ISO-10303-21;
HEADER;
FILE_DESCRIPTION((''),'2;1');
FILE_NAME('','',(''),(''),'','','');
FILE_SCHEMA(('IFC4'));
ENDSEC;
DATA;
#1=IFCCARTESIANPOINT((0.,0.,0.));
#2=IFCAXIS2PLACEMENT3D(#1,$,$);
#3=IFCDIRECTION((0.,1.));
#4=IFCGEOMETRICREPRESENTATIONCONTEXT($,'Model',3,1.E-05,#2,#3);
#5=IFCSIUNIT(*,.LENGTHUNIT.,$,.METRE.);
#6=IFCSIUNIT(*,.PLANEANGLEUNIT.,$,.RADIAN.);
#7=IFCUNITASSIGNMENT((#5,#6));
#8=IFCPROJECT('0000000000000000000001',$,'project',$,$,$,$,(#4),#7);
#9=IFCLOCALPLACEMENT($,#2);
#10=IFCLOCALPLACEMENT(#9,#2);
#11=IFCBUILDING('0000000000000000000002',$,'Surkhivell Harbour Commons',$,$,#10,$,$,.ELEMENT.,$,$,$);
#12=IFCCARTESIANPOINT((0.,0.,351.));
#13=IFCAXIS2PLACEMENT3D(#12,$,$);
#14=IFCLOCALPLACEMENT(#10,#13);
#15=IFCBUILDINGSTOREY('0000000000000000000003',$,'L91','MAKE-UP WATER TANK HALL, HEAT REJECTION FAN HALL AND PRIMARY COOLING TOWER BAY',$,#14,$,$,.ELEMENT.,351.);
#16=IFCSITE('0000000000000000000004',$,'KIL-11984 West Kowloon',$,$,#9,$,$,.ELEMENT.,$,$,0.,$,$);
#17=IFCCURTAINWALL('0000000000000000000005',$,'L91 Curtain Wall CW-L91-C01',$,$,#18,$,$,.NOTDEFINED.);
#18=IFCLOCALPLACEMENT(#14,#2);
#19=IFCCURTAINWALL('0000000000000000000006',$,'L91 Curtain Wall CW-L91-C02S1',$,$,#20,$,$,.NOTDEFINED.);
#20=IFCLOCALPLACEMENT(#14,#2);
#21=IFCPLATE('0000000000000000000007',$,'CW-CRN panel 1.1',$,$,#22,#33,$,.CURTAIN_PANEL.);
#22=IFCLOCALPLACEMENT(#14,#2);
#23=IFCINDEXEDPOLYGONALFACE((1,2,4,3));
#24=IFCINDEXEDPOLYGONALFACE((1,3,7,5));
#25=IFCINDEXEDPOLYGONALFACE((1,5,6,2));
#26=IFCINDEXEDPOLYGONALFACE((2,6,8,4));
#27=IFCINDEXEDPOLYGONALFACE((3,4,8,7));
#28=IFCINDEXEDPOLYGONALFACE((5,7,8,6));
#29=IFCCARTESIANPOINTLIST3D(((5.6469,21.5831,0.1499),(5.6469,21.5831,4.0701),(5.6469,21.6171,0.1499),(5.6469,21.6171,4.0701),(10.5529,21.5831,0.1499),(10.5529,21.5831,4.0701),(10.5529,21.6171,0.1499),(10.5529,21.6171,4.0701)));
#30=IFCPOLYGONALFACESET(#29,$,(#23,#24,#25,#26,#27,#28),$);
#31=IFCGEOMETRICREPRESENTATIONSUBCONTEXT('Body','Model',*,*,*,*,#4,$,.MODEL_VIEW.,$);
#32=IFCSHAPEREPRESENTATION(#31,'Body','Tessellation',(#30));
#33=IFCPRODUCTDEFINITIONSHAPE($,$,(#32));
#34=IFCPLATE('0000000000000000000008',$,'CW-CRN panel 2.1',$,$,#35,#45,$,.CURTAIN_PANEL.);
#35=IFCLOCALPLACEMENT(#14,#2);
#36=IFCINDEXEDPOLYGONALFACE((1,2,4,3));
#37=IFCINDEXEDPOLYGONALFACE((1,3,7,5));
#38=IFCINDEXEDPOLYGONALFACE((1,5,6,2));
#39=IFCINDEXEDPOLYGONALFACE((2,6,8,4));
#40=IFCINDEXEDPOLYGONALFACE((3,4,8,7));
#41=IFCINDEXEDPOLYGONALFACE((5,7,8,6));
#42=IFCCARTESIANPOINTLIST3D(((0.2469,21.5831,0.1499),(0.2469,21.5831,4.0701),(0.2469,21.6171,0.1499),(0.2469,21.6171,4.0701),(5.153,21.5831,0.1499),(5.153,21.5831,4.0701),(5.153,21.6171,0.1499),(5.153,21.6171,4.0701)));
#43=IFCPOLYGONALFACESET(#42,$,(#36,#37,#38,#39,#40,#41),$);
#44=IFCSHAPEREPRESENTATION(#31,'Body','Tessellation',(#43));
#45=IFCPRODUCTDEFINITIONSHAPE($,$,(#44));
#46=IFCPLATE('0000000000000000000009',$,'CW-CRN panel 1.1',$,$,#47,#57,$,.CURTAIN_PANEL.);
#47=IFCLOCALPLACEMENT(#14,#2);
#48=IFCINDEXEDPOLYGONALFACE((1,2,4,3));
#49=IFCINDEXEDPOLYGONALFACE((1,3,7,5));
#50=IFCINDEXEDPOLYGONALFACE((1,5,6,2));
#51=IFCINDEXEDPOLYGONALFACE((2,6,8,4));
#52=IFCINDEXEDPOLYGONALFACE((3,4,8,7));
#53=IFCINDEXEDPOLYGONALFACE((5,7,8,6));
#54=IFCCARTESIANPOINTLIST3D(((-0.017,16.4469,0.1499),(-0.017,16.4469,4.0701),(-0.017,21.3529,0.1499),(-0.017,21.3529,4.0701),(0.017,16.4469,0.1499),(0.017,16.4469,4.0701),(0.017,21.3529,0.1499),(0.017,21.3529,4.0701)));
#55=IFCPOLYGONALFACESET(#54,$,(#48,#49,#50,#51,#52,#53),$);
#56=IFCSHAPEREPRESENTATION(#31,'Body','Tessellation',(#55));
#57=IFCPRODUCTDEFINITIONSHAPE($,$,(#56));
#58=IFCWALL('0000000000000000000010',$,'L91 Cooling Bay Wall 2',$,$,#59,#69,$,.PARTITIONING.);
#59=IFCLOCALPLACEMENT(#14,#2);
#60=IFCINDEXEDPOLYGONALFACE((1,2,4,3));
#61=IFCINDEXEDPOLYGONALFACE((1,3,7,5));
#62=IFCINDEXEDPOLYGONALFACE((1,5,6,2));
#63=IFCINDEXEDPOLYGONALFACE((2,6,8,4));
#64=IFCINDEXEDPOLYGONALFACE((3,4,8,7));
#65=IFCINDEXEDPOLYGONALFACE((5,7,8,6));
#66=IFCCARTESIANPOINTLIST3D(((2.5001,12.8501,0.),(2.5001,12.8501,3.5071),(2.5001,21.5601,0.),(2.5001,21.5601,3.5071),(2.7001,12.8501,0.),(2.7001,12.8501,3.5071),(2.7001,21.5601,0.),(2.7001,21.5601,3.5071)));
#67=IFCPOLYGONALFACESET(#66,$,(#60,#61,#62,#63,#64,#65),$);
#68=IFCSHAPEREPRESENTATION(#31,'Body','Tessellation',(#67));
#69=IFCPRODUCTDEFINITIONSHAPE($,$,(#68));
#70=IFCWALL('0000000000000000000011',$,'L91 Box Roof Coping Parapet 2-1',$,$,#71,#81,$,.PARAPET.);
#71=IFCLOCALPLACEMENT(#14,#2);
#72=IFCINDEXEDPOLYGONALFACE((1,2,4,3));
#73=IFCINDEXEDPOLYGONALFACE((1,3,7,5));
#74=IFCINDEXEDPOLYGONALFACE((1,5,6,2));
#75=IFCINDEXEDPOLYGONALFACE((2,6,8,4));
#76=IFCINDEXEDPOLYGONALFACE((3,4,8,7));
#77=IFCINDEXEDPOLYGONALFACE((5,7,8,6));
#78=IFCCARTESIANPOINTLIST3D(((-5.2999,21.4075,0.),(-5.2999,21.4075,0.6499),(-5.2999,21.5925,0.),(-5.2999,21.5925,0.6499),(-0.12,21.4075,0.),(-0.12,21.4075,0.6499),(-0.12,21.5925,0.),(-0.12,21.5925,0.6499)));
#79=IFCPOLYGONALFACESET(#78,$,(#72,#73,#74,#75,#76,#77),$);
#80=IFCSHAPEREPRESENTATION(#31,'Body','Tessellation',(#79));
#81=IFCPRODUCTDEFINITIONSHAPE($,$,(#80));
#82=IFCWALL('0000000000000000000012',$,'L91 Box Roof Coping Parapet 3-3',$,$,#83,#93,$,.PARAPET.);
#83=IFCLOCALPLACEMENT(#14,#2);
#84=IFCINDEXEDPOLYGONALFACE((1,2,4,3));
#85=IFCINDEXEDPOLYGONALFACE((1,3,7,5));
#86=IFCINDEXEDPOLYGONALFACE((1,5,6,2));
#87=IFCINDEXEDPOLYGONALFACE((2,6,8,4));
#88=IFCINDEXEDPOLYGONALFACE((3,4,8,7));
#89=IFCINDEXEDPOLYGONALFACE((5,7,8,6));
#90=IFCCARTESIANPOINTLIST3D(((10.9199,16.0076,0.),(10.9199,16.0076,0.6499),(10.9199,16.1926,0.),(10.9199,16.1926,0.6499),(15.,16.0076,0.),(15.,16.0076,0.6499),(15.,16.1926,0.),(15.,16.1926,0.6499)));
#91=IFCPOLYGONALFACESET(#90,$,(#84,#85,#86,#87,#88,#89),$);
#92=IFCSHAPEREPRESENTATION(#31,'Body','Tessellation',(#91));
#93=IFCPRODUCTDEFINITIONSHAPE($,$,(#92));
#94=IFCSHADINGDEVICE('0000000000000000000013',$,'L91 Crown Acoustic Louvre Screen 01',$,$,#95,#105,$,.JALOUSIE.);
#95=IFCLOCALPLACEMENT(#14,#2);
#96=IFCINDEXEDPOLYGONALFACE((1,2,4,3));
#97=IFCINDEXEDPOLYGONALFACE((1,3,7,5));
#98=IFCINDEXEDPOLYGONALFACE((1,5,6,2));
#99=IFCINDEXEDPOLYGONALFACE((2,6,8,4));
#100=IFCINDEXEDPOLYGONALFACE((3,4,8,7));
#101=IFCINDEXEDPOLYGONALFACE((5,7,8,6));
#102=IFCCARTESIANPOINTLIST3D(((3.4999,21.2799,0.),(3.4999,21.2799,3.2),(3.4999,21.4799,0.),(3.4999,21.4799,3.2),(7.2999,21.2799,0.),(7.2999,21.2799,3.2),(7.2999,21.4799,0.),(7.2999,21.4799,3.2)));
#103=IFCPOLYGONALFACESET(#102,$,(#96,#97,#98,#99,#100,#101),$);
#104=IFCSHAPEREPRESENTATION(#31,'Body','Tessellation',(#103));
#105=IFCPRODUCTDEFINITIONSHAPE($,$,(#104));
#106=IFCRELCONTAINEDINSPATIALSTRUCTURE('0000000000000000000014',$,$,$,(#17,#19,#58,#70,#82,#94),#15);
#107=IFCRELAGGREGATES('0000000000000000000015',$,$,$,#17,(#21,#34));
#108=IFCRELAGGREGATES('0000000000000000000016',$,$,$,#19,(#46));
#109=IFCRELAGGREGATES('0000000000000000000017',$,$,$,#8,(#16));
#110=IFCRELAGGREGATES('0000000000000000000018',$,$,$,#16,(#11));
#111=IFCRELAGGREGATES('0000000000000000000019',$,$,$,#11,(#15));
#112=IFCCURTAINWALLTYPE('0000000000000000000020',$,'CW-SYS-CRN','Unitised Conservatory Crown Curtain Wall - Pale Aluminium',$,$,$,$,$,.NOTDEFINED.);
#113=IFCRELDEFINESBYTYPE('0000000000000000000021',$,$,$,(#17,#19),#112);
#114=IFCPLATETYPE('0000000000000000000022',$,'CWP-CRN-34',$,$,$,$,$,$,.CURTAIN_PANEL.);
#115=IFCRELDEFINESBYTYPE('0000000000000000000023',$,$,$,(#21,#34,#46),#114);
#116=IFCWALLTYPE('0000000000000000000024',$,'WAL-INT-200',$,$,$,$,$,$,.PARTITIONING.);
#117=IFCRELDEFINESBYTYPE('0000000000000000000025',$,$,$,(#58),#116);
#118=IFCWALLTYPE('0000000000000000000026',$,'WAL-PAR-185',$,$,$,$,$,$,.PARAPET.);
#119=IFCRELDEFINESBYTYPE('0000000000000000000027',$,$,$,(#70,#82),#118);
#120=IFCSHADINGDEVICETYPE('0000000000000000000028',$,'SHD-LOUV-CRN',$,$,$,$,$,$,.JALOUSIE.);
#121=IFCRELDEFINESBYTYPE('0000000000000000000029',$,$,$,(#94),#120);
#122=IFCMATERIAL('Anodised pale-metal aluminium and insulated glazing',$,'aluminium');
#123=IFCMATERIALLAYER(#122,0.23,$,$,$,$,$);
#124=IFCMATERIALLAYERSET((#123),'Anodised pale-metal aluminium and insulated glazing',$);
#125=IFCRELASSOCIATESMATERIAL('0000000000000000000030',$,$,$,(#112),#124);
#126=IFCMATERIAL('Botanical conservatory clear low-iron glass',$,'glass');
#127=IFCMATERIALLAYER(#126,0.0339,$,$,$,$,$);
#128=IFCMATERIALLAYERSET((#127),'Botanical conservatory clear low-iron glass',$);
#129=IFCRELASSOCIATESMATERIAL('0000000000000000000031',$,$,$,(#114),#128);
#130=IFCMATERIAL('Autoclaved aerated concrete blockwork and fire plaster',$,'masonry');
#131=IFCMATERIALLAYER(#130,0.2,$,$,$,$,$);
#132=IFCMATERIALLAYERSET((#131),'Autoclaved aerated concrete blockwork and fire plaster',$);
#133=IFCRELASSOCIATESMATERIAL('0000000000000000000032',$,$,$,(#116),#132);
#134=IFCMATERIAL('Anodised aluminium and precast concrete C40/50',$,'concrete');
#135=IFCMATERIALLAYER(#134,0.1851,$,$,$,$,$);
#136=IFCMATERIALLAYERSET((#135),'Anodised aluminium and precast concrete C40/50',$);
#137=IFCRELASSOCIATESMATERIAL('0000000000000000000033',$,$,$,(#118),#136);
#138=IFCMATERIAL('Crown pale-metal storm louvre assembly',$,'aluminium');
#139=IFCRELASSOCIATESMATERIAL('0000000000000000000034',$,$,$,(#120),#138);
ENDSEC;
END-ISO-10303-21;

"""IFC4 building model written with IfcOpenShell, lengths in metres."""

from ifc_helpers import new_model, si_unit, direction, frame, frame_2d, origin, origin_2d, place, context, subcontext, project, spatial, rectangle, extrude, material, layer, layer_set, type_object, element, aggregate, save


model = new_model("IFC4")

# Units and contexts
model_context = context("Model", 3, precision=1e-05, world=origin(), true_north=direction((0.0, 1.0)))
body_context = subcontext(model_context, "Body", "Model", "MODEL_VIEW")
ifc_project = project(units=[si_unit("LENGTHUNIT", "METRE"), si_unit("PLANEANGLEUNIT", "RADIAN")], contexts=[model_context])

# Site, building, storey
site_placement = place(None, origin())
site = spatial("IfcSite", under=ifc_project, at=site_placement, Name="KIL-11984 West Kowloon", CompositionType="ELEMENT", RefElevation=0.0)
building_placement = place(site_placement, origin())
building = spatial("IfcBuilding", under=site, at=building_placement, Name="Surkhivell Harbour Commons", CompositionType="ELEMENT")
storey_placement = place(building_placement, frame((0.0, 0.0, 351.0)))
storey = spatial("IfcBuildingStorey", under=building, at=storey_placement, Name="L91", Description="MAKE-UP WATER TANK HALL, HEAT REJECTION FAN HALL AND PRIMARY COOLING TOWER BAY", CompositionType="ELEMENT", Elevation=351.0)

# Curtain walls
ifc_material_1 = material(Name="Anodised pale-metal aluminium and insulated glazing", Category="aluminium")
ifc_layer_1 = layer(ifc_material_1, 0.23)
ifc_layer_set_1 = layer_set([ifc_layer_1], Name="Anodised pale-metal aluminium and insulated glazing")
curtain_wall_type = type_object("IfcCurtainWallType", Name="CW-SYS-CRN", Description="Unitised Conservatory Crown Curtain Wall - Pale Aluminium", PredefinedType="NOTDEFINED", material=ifc_layer_set_1)
curtain_wall_1_placement = place(storey_placement, origin())
curtain_wall_1 = element("IfcCurtainWall", 1, at=curtain_wall_1_placement, inside=storey, type_object=curtain_wall_type, Name="L91 Curtain Wall CW-L91-C01", PredefinedType="NOTDEFINED")
curtain_wall_2_placement = place(storey_placement, origin())
curtain_wall_2 = element("IfcCurtainWall", 2, at=curtain_wall_2_placement, inside=storey, type_object=curtain_wall_type, Name="L91 Curtain Wall CW-L91-C02S1", PredefinedType="NOTDEFINED")

# Plates
ifc_material_2 = material(Name="Botanical conservatory clear low-iron glass", Category="glass")
ifc_layer_2 = layer(ifc_material_2, 0.0339)
ifc_layer_set_2 = layer_set([ifc_layer_2], Name="Botanical conservatory clear low-iron glass")
plate_type = type_object("IfcPlateType", Name="CWP-CRN-34", PredefinedType="CURTAIN_PANEL", material=ifc_layer_set_2)
plate_1_placement = place(storey_placement, frame((10.553, 21.6001, 0.1499), z_axis=(0.0, 0.0, 1.0), x_axis=(-1.0, 0.0, 0.0)))
plate_1 = element("IfcPlate", 3, at=plate_1_placement, type_object=plate_type, Name="CW-CRN panel 1.1", PredefinedType="CURTAIN_PANEL", context=body_context, shape_type="SweptSolid", body=[
    extrude(rectangle(XDim=4.906, YDim=0.0339, at=frame_2d((2.4531, 0.0))), origin(), (0.0, 0.0, 1.0), 3.9202),
])
plate_2_placement = place(storey_placement, frame((5.1531, 21.6001, 0.1499), z_axis=(0.0, 0.0, 1.0), x_axis=(-1.0, 0.0, 0.0)))
plate_2 = element("IfcPlate", 4, at=plate_2_placement, type_object=plate_type, Name="CW-CRN panel 2.1", PredefinedType="CURTAIN_PANEL", context=body_context, shape_type="SweptSolid", body=[
    extrude(rectangle(XDim=4.906, YDim=0.0339, at=frame_2d((2.4531, 0.0))), origin(), (0.0, 0.0, 1.0), 3.9202),
])
aggregate(curtain_wall_1, [plate_1, plate_2])
plate_3_placement = place(storey_placement, frame((0.0, 21.353, 0.1499), z_axis=(0.0, 0.0, 1.0), x_axis=(0.0, -1.0, 0.0)))
plate_3 = element("IfcPlate", 5, at=plate_3_placement, type_object=plate_type, Name="CW-CRN panel 1.1", PredefinedType="CURTAIN_PANEL", context=body_context, shape_type="SweptSolid", body=[
    extrude(rectangle(XDim=4.906, YDim=0.0339, at=frame_2d((2.4531, 0.0))), origin(), (0.0, 0.0, 1.0), 3.9202),
])
aggregate(curtain_wall_2, [plate_3])

# Walls
ifc_material_3 = material(Name="Autoclaved aerated concrete blockwork and fire plaster", Category="masonry")
ifc_layer_3 = layer(ifc_material_3, 0.2)
ifc_layer_set_3 = layer_set([ifc_layer_3], Name="Autoclaved aerated concrete blockwork and fire plaster")
wall_type_1 = type_object("IfcWallType", Name="WAL-INT-200", PredefinedType="PARTITIONING", material=ifc_layer_set_3)
wall_1_placement = place(storey_placement, frame((2.6001, 12.8501, 0.0), z_axis=(0.0, 0.0, 1.0), x_axis=(0.0, 1.0, 0.0)))
element("IfcWall", 6, at=wall_1_placement, inside=storey, type_object=wall_type_1, Name="L91 Cooling Bay Wall 2", PredefinedType="PARTITIONING", context=body_context, shape_type="SweptSolid", body=[
    extrude(rectangle(XDim=8.71, YDim=0.2, at=frame_2d((4.355, 0.0))), origin(), (0.0, 0.0, 1.0), 3.5071),
])
ifc_material_4 = material(Name="Anodised aluminium and precast concrete C40/50", Category="concrete")
ifc_layer_4 = layer(ifc_material_4, 0.1851)
ifc_layer_set_4 = layer_set([ifc_layer_4], Name="Anodised aluminium and precast concrete C40/50")
wall_type_2 = type_object("IfcWallType", Name="WAL-PAR-185", PredefinedType="PARAPET", material=ifc_layer_set_4)
wall_2_placement = place(storey_placement, frame((-0.1201, 21.5, 0.0), z_axis=(0.0, 0.0, 1.0), x_axis=(-1.0, 0.0, 0.0)))
element("IfcWall", 7, at=wall_2_placement, inside=storey, type_object=wall_type_2, Name="L91 Box Roof Coping Parapet 2-1", PredefinedType="PARAPET", context=body_context, shape_type="SweptSolid", body=[
    extrude(rectangle(XDim=5.1799, YDim=0.1851, at=frame_2d((2.5898, 0.0))), origin(), (0.0, 0.0, 1.0), 0.6499),
])
wall_3_placement = place(storey_placement, frame((15.0, 16.1001, 0.0), z_axis=(0.0, 0.0, 1.0), x_axis=(-1.0, 0.0, 0.0)))
element("IfcWall", 8, at=wall_3_placement, inside=storey, type_object=wall_type_2, Name="L91 Box Roof Coping Parapet 3-3", PredefinedType="PARAPET", context=body_context, shape_type="SweptSolid", body=[
    extrude(rectangle(XDim=4.0801, YDim=0.1851, at=frame_2d((2.04, 0.0))), origin(), (0.0, 0.0, 1.0), 0.6499),
])

# Shading device
ifc_material_5 = material(Name="Crown pale-metal storm louvre assembly", Category="aluminium")
shading_device_type = type_object("IfcShadingDeviceType", Name="SHD-LOUV-CRN", PredefinedType="JALOUSIE", material=ifc_material_5)
shading_device_placement = place(storey_placement, frame((5.3999, 21.3799, 0.0), z_axis=(0.0, 0.0, 1.0), x_axis=(1.0, 0.0, 0.0)))
element("IfcShadingDevice", 9, at=shading_device_placement, inside=storey, type_object=shading_device_type, Name="L91 Crown Acoustic Louvre Screen 01", PredefinedType="JALOUSIE", context=body_context, shape_type="SweptSolid", body=[
    extrude(rectangle(XDim=3.8, YDim=0.2, at=origin_2d()), origin(), (0.0, 0.0, 1.0), 3.2),
])

save(model, "model.ifc")
